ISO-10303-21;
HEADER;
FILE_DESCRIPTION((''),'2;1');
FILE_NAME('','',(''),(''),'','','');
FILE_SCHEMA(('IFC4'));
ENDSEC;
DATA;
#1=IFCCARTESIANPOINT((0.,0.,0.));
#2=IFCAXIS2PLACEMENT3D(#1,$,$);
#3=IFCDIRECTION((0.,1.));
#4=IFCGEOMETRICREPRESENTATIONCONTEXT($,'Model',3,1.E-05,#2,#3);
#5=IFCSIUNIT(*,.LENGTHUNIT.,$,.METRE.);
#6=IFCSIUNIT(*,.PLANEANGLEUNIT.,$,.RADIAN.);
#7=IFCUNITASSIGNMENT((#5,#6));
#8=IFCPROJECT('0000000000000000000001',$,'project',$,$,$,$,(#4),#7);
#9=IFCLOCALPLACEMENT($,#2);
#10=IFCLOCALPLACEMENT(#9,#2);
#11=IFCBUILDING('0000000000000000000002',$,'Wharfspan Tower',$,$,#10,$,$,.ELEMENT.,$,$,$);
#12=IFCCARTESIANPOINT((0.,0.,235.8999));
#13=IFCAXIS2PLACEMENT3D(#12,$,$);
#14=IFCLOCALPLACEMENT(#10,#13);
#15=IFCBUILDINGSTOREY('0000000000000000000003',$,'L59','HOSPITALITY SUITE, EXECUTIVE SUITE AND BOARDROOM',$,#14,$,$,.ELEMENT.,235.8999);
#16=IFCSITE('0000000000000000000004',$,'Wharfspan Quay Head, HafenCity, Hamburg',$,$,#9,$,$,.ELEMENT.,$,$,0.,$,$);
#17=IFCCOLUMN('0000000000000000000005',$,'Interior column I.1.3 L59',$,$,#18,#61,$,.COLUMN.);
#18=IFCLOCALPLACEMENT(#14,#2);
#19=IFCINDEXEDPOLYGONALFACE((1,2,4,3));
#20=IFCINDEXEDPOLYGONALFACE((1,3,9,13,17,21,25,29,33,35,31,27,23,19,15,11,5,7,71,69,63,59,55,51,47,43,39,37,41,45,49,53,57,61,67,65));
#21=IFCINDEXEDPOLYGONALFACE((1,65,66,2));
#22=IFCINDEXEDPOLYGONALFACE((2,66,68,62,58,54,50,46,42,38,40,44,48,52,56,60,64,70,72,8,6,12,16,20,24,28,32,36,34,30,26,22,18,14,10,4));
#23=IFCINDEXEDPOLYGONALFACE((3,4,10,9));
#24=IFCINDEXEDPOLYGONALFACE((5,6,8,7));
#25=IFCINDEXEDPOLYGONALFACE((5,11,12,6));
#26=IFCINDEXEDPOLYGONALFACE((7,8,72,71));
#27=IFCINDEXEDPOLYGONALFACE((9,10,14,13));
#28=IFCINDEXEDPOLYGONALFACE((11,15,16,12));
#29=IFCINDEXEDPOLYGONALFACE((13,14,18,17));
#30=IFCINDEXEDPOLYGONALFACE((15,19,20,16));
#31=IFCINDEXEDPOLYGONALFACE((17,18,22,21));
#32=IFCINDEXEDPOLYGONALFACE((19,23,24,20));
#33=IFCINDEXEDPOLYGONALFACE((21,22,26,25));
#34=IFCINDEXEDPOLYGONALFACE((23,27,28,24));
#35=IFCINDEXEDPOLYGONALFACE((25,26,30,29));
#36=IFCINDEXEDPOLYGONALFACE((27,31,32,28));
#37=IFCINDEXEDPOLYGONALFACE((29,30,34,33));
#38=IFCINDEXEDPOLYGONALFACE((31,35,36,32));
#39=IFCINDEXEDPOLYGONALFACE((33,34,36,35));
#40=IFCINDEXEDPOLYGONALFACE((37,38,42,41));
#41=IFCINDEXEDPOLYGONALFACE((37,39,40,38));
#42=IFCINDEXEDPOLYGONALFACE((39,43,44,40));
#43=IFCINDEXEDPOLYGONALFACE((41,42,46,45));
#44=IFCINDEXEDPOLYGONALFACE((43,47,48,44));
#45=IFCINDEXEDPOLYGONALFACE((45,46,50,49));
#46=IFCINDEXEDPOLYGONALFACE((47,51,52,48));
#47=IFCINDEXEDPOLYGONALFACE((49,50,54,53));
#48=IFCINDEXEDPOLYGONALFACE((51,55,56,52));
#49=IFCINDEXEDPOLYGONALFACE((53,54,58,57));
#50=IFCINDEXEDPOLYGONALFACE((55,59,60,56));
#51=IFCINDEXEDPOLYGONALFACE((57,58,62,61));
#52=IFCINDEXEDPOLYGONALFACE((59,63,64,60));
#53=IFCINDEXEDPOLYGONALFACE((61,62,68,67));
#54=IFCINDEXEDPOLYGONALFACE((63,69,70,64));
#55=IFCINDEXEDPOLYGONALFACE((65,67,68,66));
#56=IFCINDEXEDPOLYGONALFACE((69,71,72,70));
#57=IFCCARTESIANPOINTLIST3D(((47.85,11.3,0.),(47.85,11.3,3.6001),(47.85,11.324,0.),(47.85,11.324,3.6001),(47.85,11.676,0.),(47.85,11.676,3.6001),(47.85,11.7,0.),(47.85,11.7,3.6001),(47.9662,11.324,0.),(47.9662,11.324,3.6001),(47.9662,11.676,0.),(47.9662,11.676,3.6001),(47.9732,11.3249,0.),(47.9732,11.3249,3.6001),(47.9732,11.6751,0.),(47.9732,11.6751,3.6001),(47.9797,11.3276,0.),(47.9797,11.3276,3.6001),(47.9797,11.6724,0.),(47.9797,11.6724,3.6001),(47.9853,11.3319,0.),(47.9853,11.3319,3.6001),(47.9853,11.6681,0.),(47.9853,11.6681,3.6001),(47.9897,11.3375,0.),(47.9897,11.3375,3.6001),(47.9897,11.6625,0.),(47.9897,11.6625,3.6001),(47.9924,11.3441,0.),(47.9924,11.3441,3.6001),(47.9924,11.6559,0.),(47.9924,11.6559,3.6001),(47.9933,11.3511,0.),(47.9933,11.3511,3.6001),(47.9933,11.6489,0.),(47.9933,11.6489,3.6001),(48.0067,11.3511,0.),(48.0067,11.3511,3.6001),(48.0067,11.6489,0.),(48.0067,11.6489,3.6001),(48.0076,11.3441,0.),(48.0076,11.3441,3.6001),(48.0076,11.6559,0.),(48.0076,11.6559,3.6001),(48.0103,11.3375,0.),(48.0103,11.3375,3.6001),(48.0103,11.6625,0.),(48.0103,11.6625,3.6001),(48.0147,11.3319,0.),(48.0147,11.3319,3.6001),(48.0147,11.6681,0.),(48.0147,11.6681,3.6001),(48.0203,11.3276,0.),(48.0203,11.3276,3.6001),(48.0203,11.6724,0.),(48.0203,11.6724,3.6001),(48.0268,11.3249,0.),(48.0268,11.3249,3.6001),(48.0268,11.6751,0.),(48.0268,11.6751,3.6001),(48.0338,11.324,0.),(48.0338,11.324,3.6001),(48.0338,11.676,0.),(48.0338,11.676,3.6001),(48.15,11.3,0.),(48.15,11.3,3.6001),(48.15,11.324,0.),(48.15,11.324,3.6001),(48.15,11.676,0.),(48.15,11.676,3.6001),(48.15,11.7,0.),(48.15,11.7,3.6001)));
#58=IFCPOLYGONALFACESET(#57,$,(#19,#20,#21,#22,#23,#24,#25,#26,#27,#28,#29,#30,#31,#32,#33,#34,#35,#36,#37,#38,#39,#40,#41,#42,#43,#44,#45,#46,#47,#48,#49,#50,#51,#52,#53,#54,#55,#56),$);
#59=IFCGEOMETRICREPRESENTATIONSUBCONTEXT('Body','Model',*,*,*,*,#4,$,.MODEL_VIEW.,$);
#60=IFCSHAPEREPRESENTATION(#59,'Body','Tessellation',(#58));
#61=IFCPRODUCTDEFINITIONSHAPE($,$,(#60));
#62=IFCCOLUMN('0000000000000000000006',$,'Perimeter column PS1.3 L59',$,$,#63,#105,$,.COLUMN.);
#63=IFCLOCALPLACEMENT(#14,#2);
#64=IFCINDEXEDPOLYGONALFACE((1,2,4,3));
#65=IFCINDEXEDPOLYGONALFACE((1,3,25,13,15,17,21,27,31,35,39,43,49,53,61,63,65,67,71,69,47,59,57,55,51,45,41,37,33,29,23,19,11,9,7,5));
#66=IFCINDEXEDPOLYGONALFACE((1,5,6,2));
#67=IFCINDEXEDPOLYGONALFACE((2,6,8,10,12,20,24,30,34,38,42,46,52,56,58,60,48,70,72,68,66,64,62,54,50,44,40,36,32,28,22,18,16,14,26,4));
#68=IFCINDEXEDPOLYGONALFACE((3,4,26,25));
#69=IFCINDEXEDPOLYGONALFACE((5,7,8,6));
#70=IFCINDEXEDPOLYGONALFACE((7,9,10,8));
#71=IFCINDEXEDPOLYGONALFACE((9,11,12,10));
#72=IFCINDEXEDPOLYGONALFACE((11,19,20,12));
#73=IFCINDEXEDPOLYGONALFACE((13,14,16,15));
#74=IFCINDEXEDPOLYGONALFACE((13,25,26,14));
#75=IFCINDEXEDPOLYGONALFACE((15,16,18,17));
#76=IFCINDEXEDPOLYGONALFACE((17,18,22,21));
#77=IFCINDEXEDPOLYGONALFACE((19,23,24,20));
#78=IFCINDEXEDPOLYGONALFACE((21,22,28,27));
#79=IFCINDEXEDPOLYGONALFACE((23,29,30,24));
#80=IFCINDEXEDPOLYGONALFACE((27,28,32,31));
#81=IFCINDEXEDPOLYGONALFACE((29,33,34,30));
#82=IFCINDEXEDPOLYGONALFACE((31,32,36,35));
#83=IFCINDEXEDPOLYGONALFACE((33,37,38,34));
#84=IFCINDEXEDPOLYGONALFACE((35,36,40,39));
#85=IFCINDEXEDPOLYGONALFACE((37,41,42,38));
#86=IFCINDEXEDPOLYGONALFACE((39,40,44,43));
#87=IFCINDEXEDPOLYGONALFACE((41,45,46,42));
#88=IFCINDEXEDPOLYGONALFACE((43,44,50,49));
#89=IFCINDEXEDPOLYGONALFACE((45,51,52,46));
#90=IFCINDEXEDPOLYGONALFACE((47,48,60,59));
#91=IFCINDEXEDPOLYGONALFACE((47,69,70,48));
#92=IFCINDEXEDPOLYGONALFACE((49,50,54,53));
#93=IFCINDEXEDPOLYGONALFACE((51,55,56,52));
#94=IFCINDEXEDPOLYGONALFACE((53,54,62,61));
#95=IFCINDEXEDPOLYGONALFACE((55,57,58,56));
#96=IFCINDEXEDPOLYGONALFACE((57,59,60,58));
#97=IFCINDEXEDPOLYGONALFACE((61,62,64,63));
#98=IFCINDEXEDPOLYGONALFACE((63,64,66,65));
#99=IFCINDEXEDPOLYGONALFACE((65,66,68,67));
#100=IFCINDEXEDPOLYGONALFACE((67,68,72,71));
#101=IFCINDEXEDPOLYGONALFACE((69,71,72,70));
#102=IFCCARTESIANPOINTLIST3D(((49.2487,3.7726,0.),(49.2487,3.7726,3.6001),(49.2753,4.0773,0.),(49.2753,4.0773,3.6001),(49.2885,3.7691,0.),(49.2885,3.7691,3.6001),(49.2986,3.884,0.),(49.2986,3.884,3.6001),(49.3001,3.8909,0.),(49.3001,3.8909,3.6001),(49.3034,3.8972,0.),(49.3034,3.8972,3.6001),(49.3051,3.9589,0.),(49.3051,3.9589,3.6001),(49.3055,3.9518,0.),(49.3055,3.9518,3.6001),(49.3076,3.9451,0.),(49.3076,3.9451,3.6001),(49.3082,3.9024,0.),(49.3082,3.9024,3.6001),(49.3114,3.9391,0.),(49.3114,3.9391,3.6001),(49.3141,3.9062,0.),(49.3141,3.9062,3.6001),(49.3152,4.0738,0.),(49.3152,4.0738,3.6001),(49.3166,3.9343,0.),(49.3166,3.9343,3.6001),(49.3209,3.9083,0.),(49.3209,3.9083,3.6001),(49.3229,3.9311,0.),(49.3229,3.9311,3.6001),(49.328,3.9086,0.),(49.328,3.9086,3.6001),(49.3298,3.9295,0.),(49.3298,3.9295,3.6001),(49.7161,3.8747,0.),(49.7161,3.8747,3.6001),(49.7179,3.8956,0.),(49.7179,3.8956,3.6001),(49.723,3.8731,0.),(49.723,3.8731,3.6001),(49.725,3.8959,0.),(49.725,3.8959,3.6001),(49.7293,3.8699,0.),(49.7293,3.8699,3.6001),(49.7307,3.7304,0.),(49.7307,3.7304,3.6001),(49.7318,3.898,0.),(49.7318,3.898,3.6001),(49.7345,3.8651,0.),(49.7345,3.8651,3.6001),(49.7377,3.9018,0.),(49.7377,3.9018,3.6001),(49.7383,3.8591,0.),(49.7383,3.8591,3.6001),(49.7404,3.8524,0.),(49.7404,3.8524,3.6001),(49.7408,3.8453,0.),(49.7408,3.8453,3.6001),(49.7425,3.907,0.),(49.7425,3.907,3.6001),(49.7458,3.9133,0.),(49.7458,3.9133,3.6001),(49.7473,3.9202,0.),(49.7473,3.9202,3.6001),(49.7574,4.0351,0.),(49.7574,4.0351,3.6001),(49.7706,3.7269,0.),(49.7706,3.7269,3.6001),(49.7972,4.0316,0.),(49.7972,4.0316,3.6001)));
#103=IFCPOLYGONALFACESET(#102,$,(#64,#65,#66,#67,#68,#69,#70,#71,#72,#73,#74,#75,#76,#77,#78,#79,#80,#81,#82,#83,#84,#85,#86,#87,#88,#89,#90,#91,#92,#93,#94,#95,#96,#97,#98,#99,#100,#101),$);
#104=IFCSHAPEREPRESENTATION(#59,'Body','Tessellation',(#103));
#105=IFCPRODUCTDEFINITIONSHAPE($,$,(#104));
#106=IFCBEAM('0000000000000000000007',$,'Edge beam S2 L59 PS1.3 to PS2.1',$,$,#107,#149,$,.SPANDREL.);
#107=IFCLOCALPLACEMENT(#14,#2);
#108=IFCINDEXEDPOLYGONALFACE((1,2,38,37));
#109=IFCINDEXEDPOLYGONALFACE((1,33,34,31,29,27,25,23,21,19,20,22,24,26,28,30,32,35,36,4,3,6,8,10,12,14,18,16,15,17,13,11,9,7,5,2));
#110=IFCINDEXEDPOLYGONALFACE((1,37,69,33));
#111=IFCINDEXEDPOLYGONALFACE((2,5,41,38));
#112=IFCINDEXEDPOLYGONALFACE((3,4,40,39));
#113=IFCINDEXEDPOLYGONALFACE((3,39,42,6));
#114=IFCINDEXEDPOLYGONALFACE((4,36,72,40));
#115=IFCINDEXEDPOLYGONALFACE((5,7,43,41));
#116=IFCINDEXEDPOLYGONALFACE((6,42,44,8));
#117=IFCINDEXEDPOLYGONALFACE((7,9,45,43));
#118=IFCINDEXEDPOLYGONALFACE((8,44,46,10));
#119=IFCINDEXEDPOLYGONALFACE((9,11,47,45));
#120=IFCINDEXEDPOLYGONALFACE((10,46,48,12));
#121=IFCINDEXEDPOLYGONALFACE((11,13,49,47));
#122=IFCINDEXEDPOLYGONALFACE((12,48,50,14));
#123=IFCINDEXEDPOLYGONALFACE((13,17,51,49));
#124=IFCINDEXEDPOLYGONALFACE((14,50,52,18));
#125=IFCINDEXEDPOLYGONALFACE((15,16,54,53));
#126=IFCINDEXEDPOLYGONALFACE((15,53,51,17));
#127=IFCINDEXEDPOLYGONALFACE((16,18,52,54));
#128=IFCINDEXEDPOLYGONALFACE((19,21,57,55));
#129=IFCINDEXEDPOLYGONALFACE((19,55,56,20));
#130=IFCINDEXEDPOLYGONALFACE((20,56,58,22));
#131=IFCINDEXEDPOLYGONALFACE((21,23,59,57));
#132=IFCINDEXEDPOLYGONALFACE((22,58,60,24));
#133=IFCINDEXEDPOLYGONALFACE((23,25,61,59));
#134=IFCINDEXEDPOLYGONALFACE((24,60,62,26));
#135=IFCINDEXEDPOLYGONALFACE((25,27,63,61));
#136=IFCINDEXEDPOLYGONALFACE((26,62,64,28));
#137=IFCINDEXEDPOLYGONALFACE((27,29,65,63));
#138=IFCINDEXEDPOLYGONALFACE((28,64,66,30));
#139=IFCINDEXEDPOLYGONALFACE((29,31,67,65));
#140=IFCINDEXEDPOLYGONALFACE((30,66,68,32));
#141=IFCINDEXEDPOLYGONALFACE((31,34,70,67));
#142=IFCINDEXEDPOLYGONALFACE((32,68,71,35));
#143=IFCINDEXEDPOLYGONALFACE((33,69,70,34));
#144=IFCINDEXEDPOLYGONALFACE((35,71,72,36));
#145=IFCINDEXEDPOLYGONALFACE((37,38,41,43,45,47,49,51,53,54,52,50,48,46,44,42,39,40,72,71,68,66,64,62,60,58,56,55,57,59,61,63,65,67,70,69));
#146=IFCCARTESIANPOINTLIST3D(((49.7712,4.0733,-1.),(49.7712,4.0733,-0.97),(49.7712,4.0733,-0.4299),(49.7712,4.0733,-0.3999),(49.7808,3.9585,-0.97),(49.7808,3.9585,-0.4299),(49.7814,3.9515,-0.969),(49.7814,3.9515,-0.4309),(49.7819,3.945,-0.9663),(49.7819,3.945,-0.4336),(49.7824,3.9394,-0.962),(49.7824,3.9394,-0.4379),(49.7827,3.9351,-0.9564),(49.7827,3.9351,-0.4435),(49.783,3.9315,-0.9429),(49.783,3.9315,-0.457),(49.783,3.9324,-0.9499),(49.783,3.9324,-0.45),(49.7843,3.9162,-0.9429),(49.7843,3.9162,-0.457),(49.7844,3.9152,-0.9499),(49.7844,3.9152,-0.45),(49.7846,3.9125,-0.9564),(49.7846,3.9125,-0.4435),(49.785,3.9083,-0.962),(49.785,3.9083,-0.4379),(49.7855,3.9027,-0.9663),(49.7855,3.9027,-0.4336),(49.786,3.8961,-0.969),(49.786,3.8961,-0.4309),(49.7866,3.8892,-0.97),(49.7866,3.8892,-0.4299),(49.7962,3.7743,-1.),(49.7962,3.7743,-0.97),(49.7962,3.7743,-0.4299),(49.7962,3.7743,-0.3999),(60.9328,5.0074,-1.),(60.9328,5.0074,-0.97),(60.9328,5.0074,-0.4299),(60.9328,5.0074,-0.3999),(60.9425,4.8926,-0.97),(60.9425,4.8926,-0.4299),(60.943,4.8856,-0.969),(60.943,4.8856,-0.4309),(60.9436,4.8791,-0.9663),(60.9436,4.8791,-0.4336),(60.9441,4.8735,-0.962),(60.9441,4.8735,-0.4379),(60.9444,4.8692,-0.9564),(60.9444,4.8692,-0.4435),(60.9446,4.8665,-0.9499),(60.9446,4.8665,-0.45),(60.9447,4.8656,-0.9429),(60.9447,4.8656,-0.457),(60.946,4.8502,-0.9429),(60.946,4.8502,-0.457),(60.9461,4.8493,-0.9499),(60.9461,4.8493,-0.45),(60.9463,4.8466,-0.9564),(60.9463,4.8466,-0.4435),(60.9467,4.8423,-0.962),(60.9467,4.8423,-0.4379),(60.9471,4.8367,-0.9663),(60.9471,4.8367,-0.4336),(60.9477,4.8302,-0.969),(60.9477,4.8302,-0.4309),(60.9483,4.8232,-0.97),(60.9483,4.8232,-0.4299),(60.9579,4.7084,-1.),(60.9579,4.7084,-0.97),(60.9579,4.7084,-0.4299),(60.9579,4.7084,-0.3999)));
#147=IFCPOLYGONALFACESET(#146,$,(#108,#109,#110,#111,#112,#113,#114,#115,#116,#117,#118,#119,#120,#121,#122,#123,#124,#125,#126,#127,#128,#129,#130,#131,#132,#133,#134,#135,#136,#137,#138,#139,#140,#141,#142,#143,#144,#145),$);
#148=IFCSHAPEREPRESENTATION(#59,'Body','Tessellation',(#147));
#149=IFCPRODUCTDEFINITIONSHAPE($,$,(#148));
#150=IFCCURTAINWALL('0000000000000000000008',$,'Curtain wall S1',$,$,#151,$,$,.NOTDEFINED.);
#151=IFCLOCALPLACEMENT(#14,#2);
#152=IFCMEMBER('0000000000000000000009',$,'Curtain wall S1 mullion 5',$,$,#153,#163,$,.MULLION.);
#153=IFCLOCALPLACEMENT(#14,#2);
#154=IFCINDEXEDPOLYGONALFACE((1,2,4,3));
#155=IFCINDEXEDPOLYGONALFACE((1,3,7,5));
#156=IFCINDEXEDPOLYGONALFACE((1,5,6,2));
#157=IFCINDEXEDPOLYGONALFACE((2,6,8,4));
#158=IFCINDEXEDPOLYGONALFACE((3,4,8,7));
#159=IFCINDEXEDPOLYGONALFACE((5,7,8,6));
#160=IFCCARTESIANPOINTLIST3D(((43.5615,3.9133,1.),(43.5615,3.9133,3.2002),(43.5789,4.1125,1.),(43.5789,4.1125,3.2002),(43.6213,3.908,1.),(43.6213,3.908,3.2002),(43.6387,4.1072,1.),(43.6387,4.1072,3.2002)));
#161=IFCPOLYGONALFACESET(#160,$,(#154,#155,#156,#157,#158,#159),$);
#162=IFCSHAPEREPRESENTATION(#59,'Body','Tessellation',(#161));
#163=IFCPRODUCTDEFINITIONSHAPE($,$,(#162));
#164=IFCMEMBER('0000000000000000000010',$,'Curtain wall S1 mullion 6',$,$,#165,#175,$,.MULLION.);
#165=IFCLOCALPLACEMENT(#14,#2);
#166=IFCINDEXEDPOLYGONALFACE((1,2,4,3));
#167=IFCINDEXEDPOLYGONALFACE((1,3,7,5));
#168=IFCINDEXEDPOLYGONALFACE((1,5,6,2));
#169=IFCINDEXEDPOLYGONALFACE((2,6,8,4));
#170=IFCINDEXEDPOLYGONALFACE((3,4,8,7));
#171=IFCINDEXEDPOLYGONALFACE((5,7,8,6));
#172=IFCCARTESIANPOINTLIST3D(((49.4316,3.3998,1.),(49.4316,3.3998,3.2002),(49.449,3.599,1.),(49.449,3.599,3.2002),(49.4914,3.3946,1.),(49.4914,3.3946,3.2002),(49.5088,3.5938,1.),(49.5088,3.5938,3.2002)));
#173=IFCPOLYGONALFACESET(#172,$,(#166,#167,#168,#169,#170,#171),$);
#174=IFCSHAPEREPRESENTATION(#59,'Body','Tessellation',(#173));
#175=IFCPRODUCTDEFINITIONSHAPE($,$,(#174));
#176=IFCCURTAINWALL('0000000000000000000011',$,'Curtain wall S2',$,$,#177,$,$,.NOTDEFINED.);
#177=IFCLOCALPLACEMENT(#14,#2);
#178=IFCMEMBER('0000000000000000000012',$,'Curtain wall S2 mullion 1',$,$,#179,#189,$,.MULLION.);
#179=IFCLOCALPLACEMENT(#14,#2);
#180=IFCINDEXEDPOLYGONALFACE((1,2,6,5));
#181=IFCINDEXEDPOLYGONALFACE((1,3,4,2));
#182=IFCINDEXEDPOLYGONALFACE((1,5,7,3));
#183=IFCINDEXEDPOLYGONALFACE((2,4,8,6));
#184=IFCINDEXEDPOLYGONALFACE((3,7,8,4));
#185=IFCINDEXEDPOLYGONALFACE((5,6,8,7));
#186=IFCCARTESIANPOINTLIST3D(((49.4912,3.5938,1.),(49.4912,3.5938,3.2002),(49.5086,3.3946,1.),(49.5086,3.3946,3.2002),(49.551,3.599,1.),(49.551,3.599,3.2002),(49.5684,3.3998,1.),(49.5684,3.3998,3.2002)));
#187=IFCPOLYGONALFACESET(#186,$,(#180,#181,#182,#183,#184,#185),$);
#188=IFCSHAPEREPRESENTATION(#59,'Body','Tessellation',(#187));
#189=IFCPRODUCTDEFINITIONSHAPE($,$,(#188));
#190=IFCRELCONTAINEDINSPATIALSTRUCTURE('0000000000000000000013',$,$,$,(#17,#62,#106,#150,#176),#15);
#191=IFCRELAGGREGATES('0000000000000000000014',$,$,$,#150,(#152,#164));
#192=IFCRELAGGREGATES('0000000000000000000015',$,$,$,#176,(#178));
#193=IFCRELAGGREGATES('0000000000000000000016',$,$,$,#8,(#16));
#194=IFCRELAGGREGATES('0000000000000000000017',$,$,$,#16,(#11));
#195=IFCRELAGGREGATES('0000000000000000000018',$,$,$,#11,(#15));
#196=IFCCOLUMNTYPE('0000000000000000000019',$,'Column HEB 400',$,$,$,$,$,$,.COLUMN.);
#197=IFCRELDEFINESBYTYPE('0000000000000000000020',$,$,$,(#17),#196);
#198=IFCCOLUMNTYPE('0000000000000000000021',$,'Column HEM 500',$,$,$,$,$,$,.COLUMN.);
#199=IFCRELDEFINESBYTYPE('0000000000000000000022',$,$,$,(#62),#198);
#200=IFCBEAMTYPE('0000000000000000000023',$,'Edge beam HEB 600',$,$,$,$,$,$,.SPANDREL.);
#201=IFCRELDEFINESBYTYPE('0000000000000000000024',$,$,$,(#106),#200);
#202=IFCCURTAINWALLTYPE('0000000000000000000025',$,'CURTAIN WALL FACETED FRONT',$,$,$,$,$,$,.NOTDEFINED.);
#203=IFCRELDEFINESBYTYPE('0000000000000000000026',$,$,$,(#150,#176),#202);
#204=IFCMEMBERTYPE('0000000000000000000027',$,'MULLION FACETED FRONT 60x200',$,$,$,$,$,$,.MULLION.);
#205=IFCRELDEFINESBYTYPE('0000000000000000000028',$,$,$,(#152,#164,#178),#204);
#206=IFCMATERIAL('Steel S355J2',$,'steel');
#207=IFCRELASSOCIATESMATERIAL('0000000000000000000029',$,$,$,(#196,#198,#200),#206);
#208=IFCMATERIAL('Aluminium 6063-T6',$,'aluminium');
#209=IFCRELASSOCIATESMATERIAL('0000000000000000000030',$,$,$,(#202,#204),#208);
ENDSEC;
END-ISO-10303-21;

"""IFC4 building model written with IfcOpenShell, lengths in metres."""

from ifc_helpers import new_model, si_unit, direction, frame, origin, origin_2d, place, context, subcontext, project, spatial, rectangle, i_section, extrude, material, material_profile, profile_set, type_object, element, aggregate, save


model = new_model("IFC4")

# Units and contexts
model_context = context("Model", 3, precision=1e-05, world=origin(), true_north=direction((0.0, 1.0)))
body_context = subcontext(model_context, "Body", "Model", "MODEL_VIEW")
ifc_project = project(units=[si_unit("LENGTHUNIT", "METRE"), si_unit("PLANEANGLEUNIT", "RADIAN")], contexts=[model_context])

# Site, building, storey
site_placement = place(None, origin())
site = spatial("IfcSite", under=ifc_project, at=site_placement, Name="Wharfspan Quay Head, HafenCity, Hamburg", CompositionType="ELEMENT", RefElevation=0.0)
building_placement = place(site_placement, origin())
building = spatial("IfcBuilding", under=site, at=building_placement, Name="Wharfspan Tower", CompositionType="ELEMENT")
storey_placement = place(building_placement, frame((0.0, 0.0, 235.8999)))
storey = spatial("IfcBuildingStorey", under=building, at=storey_placement, Name="L59", Description="HOSPITALITY SUITE, EXECUTIVE SUITE AND BOARDROOM", CompositionType="ELEMENT", Elevation=235.8999)

# Columns
ifc_material_1 = material(Name="Steel S355J2", Category="steel")
ifc_material_profile_1 = material_profile(ifc_material_1, i_section(OverallWidth=0.3, OverallDepth=0.3999, WebThickness=0.0134, FlangeThickness=0.0239, FilletRadius=0.0271, at=origin_2d()))
ifc_profile_set_1 = profile_set([ifc_material_profile_1], Name="Steel S355J2")
column_type_1 = type_object("IfcColumnType", Name="Column HEB 400", PredefinedType="COLUMN", material=ifc_profile_set_1)
column_1_placement = place(storey_placement, frame((48.0, 11.5, 0.0), z_axis=(0.0, 0.0, 1.0), x_axis=(1.0, 0.0, 0.0)))
element("IfcColumn", 1, at=column_1_placement, inside=storey, type_object=column_type_1, Name="Interior column I.1.3 L59", PredefinedType="COLUMN", context=body_context, shape_type="SweptSolid", body=[
    extrude(i_section(OverallWidth=0.3, OverallDepth=0.3999, WebThickness=0.0134, FlangeThickness=0.0239, FilletRadius=0.0271, at=origin_2d()), origin(), (0.0, 0.0, 1.0), 3.6001),
])
ifc_material_profile_2 = material_profile(ifc_material_1, i_section(OverallWidth=0.3059, OverallDepth=0.5239, WebThickness=0.021, FlangeThickness=0.04, FilletRadius=0.0271, at=origin_2d()))
ifc_profile_set_2 = profile_set([ifc_material_profile_2], Name="Steel S355J2")
column_type_2 = type_object("IfcColumnType", Name="Column HEM 500", PredefinedType="COLUMN", material=ifc_profile_set_2)
column_2_placement = place(storey_placement, frame((49.5229, 3.9021, 0.0), z_axis=(0.0, 0.0, 1.0), x_axis=(-0.087156, -0.996197, 0.0)))
element("IfcColumn", 2, at=column_2_placement, inside=storey, type_object=column_type_2, Name="Perimeter column PS1.3 L59", PredefinedType="COLUMN", context=body_context, shape_type="SweptSolid", body=[
    extrude(i_section(OverallWidth=0.3059, OverallDepth=0.5239, WebThickness=0.021, FlangeThickness=0.04, FilletRadius=0.0271, at=origin_2d()), origin(), (0.0, 0.0, 1.0), 3.6001),
])

# Beam
ifc_material_profile_3 = material_profile(ifc_material_1, i_section(OverallWidth=0.3, OverallDepth=0.6001, WebThickness=0.0154, FlangeThickness=0.03, FilletRadius=0.0271, at=origin_2d()))
ifc_profile_set_3 = profile_set([ifc_material_profile_3], Name="Steel S355J2")
beam_type = type_object("IfcBeamType", Name="Edge beam HEB 600", PredefinedType="SPANDREL", material=ifc_profile_set_3)
beam_placement = place(storey_placement, frame((49.7837, 3.9238, -0.7), z_axis=(0.996517, 0.083395, 0.0), x_axis=(-0.083395, 0.996517, 0.0)))
element("IfcBeam", 3, at=beam_placement, inside=storey, type_object=beam_type, Name="Edge beam S2 L59 PS1.3 to PS2.1", PredefinedType="SPANDREL", context=body_context, shape_type="SweptSolid", body=[
    extrude(i_section(OverallWidth=0.3, OverallDepth=0.6001, WebThickness=0.0154, FlangeThickness=0.03, FilletRadius=0.0271, at=origin_2d()), origin(), (0.0, 0.0, 1.0), 11.2007),
])

# Curtain wall, members
ifc_material_2 = material(Name="Aluminium 6063-T6", Category="aluminium")
curtain_wall_type = type_object("IfcCurtainWallType", Name="CURTAIN WALL FACETED FRONT", PredefinedType="NOTDEFINED", material=ifc_material_2)
curtain_wall_1_placement = place(storey_placement, origin())
curtain_wall_1 = element("IfcCurtainWall", 4, at=curtain_wall_1_placement, inside=storey, type_object=curtain_wall_type, Name="Curtain wall S1", PredefinedType="NOTDEFINED")
ifc_material_profile_4 = material_profile(ifc_material_2, rectangle(XDim=0.2, YDim=0.0601, at=origin_2d()))
ifc_profile_set_4 = profile_set([ifc_material_profile_4], Name="Aluminium 6063-T6")
member_type_1 = type_object("IfcMemberType", Name="MULLION FACETED FRONT 60x200", PredefinedType="MULLION", material=ifc_profile_set_4)
member_1_placement = place(storey_placement, frame((43.6001, 4.0103, 1.0), z_axis=(0.0, 0.0, 1.0), x_axis=(0.087156, 0.996197, 0.0)))
member_1 = element("IfcMember", 5, at=member_1_placement, type_object=member_type_1, Name="Curtain wall S1 mullion 5", PredefinedType="MULLION", context=body_context, shape_type="SweptSolid", body=[
    extrude(rectangle(XDim=0.2, YDim=0.0601, at=origin_2d()), origin(), (0.0, 0.0, 1.0), 2.2002),
])
member_2_placement = place(storey_placement, frame((49.4702, 3.4968, 1.0), z_axis=(0.0, 0.0, 1.0), x_axis=(0.087156, 0.996197, 0.0)))
member_2 = element("IfcMember", 6, at=member_2_placement, type_object=member_type_1, Name="Curtain wall S1 mullion 6", PredefinedType="MULLION", context=body_context, shape_type="SweptSolid", body=[
    extrude(rectangle(XDim=0.2, YDim=0.0601, at=origin_2d()), origin(), (0.0, 0.0, 1.0), 2.2002),
])

# Curtain wall, member
curtain_wall_2_placement = place(storey_placement, origin())
curtain_wall_2 = element("IfcCurtainWall", 7, at=curtain_wall_2_placement, inside=storey, type_object=curtain_wall_type, Name="Curtain wall S2", PredefinedType="NOTDEFINED")
member_3_placement = place(storey_placement, frame((49.5298, 3.4968, 1.0), z_axis=(0.0, 0.0, 1.0), x_axis=(-0.087156, 0.996197, 0.0)))
member_3 = element("IfcMember", 8, at=member_3_placement, type_object=member_type_1, Name="Curtain wall S2 mullion 1", PredefinedType="MULLION", context=body_context, shape_type="SweptSolid", body=[
    extrude(rectangle(XDim=0.2, YDim=0.0601, at=origin_2d()), origin(), (0.0, 0.0, 1.0), 2.2002),
])

aggregate(curtain_wall_1, [member_1, member_2])
aggregate(curtain_wall_2, [member_3])

save(model, "model.ifc")
